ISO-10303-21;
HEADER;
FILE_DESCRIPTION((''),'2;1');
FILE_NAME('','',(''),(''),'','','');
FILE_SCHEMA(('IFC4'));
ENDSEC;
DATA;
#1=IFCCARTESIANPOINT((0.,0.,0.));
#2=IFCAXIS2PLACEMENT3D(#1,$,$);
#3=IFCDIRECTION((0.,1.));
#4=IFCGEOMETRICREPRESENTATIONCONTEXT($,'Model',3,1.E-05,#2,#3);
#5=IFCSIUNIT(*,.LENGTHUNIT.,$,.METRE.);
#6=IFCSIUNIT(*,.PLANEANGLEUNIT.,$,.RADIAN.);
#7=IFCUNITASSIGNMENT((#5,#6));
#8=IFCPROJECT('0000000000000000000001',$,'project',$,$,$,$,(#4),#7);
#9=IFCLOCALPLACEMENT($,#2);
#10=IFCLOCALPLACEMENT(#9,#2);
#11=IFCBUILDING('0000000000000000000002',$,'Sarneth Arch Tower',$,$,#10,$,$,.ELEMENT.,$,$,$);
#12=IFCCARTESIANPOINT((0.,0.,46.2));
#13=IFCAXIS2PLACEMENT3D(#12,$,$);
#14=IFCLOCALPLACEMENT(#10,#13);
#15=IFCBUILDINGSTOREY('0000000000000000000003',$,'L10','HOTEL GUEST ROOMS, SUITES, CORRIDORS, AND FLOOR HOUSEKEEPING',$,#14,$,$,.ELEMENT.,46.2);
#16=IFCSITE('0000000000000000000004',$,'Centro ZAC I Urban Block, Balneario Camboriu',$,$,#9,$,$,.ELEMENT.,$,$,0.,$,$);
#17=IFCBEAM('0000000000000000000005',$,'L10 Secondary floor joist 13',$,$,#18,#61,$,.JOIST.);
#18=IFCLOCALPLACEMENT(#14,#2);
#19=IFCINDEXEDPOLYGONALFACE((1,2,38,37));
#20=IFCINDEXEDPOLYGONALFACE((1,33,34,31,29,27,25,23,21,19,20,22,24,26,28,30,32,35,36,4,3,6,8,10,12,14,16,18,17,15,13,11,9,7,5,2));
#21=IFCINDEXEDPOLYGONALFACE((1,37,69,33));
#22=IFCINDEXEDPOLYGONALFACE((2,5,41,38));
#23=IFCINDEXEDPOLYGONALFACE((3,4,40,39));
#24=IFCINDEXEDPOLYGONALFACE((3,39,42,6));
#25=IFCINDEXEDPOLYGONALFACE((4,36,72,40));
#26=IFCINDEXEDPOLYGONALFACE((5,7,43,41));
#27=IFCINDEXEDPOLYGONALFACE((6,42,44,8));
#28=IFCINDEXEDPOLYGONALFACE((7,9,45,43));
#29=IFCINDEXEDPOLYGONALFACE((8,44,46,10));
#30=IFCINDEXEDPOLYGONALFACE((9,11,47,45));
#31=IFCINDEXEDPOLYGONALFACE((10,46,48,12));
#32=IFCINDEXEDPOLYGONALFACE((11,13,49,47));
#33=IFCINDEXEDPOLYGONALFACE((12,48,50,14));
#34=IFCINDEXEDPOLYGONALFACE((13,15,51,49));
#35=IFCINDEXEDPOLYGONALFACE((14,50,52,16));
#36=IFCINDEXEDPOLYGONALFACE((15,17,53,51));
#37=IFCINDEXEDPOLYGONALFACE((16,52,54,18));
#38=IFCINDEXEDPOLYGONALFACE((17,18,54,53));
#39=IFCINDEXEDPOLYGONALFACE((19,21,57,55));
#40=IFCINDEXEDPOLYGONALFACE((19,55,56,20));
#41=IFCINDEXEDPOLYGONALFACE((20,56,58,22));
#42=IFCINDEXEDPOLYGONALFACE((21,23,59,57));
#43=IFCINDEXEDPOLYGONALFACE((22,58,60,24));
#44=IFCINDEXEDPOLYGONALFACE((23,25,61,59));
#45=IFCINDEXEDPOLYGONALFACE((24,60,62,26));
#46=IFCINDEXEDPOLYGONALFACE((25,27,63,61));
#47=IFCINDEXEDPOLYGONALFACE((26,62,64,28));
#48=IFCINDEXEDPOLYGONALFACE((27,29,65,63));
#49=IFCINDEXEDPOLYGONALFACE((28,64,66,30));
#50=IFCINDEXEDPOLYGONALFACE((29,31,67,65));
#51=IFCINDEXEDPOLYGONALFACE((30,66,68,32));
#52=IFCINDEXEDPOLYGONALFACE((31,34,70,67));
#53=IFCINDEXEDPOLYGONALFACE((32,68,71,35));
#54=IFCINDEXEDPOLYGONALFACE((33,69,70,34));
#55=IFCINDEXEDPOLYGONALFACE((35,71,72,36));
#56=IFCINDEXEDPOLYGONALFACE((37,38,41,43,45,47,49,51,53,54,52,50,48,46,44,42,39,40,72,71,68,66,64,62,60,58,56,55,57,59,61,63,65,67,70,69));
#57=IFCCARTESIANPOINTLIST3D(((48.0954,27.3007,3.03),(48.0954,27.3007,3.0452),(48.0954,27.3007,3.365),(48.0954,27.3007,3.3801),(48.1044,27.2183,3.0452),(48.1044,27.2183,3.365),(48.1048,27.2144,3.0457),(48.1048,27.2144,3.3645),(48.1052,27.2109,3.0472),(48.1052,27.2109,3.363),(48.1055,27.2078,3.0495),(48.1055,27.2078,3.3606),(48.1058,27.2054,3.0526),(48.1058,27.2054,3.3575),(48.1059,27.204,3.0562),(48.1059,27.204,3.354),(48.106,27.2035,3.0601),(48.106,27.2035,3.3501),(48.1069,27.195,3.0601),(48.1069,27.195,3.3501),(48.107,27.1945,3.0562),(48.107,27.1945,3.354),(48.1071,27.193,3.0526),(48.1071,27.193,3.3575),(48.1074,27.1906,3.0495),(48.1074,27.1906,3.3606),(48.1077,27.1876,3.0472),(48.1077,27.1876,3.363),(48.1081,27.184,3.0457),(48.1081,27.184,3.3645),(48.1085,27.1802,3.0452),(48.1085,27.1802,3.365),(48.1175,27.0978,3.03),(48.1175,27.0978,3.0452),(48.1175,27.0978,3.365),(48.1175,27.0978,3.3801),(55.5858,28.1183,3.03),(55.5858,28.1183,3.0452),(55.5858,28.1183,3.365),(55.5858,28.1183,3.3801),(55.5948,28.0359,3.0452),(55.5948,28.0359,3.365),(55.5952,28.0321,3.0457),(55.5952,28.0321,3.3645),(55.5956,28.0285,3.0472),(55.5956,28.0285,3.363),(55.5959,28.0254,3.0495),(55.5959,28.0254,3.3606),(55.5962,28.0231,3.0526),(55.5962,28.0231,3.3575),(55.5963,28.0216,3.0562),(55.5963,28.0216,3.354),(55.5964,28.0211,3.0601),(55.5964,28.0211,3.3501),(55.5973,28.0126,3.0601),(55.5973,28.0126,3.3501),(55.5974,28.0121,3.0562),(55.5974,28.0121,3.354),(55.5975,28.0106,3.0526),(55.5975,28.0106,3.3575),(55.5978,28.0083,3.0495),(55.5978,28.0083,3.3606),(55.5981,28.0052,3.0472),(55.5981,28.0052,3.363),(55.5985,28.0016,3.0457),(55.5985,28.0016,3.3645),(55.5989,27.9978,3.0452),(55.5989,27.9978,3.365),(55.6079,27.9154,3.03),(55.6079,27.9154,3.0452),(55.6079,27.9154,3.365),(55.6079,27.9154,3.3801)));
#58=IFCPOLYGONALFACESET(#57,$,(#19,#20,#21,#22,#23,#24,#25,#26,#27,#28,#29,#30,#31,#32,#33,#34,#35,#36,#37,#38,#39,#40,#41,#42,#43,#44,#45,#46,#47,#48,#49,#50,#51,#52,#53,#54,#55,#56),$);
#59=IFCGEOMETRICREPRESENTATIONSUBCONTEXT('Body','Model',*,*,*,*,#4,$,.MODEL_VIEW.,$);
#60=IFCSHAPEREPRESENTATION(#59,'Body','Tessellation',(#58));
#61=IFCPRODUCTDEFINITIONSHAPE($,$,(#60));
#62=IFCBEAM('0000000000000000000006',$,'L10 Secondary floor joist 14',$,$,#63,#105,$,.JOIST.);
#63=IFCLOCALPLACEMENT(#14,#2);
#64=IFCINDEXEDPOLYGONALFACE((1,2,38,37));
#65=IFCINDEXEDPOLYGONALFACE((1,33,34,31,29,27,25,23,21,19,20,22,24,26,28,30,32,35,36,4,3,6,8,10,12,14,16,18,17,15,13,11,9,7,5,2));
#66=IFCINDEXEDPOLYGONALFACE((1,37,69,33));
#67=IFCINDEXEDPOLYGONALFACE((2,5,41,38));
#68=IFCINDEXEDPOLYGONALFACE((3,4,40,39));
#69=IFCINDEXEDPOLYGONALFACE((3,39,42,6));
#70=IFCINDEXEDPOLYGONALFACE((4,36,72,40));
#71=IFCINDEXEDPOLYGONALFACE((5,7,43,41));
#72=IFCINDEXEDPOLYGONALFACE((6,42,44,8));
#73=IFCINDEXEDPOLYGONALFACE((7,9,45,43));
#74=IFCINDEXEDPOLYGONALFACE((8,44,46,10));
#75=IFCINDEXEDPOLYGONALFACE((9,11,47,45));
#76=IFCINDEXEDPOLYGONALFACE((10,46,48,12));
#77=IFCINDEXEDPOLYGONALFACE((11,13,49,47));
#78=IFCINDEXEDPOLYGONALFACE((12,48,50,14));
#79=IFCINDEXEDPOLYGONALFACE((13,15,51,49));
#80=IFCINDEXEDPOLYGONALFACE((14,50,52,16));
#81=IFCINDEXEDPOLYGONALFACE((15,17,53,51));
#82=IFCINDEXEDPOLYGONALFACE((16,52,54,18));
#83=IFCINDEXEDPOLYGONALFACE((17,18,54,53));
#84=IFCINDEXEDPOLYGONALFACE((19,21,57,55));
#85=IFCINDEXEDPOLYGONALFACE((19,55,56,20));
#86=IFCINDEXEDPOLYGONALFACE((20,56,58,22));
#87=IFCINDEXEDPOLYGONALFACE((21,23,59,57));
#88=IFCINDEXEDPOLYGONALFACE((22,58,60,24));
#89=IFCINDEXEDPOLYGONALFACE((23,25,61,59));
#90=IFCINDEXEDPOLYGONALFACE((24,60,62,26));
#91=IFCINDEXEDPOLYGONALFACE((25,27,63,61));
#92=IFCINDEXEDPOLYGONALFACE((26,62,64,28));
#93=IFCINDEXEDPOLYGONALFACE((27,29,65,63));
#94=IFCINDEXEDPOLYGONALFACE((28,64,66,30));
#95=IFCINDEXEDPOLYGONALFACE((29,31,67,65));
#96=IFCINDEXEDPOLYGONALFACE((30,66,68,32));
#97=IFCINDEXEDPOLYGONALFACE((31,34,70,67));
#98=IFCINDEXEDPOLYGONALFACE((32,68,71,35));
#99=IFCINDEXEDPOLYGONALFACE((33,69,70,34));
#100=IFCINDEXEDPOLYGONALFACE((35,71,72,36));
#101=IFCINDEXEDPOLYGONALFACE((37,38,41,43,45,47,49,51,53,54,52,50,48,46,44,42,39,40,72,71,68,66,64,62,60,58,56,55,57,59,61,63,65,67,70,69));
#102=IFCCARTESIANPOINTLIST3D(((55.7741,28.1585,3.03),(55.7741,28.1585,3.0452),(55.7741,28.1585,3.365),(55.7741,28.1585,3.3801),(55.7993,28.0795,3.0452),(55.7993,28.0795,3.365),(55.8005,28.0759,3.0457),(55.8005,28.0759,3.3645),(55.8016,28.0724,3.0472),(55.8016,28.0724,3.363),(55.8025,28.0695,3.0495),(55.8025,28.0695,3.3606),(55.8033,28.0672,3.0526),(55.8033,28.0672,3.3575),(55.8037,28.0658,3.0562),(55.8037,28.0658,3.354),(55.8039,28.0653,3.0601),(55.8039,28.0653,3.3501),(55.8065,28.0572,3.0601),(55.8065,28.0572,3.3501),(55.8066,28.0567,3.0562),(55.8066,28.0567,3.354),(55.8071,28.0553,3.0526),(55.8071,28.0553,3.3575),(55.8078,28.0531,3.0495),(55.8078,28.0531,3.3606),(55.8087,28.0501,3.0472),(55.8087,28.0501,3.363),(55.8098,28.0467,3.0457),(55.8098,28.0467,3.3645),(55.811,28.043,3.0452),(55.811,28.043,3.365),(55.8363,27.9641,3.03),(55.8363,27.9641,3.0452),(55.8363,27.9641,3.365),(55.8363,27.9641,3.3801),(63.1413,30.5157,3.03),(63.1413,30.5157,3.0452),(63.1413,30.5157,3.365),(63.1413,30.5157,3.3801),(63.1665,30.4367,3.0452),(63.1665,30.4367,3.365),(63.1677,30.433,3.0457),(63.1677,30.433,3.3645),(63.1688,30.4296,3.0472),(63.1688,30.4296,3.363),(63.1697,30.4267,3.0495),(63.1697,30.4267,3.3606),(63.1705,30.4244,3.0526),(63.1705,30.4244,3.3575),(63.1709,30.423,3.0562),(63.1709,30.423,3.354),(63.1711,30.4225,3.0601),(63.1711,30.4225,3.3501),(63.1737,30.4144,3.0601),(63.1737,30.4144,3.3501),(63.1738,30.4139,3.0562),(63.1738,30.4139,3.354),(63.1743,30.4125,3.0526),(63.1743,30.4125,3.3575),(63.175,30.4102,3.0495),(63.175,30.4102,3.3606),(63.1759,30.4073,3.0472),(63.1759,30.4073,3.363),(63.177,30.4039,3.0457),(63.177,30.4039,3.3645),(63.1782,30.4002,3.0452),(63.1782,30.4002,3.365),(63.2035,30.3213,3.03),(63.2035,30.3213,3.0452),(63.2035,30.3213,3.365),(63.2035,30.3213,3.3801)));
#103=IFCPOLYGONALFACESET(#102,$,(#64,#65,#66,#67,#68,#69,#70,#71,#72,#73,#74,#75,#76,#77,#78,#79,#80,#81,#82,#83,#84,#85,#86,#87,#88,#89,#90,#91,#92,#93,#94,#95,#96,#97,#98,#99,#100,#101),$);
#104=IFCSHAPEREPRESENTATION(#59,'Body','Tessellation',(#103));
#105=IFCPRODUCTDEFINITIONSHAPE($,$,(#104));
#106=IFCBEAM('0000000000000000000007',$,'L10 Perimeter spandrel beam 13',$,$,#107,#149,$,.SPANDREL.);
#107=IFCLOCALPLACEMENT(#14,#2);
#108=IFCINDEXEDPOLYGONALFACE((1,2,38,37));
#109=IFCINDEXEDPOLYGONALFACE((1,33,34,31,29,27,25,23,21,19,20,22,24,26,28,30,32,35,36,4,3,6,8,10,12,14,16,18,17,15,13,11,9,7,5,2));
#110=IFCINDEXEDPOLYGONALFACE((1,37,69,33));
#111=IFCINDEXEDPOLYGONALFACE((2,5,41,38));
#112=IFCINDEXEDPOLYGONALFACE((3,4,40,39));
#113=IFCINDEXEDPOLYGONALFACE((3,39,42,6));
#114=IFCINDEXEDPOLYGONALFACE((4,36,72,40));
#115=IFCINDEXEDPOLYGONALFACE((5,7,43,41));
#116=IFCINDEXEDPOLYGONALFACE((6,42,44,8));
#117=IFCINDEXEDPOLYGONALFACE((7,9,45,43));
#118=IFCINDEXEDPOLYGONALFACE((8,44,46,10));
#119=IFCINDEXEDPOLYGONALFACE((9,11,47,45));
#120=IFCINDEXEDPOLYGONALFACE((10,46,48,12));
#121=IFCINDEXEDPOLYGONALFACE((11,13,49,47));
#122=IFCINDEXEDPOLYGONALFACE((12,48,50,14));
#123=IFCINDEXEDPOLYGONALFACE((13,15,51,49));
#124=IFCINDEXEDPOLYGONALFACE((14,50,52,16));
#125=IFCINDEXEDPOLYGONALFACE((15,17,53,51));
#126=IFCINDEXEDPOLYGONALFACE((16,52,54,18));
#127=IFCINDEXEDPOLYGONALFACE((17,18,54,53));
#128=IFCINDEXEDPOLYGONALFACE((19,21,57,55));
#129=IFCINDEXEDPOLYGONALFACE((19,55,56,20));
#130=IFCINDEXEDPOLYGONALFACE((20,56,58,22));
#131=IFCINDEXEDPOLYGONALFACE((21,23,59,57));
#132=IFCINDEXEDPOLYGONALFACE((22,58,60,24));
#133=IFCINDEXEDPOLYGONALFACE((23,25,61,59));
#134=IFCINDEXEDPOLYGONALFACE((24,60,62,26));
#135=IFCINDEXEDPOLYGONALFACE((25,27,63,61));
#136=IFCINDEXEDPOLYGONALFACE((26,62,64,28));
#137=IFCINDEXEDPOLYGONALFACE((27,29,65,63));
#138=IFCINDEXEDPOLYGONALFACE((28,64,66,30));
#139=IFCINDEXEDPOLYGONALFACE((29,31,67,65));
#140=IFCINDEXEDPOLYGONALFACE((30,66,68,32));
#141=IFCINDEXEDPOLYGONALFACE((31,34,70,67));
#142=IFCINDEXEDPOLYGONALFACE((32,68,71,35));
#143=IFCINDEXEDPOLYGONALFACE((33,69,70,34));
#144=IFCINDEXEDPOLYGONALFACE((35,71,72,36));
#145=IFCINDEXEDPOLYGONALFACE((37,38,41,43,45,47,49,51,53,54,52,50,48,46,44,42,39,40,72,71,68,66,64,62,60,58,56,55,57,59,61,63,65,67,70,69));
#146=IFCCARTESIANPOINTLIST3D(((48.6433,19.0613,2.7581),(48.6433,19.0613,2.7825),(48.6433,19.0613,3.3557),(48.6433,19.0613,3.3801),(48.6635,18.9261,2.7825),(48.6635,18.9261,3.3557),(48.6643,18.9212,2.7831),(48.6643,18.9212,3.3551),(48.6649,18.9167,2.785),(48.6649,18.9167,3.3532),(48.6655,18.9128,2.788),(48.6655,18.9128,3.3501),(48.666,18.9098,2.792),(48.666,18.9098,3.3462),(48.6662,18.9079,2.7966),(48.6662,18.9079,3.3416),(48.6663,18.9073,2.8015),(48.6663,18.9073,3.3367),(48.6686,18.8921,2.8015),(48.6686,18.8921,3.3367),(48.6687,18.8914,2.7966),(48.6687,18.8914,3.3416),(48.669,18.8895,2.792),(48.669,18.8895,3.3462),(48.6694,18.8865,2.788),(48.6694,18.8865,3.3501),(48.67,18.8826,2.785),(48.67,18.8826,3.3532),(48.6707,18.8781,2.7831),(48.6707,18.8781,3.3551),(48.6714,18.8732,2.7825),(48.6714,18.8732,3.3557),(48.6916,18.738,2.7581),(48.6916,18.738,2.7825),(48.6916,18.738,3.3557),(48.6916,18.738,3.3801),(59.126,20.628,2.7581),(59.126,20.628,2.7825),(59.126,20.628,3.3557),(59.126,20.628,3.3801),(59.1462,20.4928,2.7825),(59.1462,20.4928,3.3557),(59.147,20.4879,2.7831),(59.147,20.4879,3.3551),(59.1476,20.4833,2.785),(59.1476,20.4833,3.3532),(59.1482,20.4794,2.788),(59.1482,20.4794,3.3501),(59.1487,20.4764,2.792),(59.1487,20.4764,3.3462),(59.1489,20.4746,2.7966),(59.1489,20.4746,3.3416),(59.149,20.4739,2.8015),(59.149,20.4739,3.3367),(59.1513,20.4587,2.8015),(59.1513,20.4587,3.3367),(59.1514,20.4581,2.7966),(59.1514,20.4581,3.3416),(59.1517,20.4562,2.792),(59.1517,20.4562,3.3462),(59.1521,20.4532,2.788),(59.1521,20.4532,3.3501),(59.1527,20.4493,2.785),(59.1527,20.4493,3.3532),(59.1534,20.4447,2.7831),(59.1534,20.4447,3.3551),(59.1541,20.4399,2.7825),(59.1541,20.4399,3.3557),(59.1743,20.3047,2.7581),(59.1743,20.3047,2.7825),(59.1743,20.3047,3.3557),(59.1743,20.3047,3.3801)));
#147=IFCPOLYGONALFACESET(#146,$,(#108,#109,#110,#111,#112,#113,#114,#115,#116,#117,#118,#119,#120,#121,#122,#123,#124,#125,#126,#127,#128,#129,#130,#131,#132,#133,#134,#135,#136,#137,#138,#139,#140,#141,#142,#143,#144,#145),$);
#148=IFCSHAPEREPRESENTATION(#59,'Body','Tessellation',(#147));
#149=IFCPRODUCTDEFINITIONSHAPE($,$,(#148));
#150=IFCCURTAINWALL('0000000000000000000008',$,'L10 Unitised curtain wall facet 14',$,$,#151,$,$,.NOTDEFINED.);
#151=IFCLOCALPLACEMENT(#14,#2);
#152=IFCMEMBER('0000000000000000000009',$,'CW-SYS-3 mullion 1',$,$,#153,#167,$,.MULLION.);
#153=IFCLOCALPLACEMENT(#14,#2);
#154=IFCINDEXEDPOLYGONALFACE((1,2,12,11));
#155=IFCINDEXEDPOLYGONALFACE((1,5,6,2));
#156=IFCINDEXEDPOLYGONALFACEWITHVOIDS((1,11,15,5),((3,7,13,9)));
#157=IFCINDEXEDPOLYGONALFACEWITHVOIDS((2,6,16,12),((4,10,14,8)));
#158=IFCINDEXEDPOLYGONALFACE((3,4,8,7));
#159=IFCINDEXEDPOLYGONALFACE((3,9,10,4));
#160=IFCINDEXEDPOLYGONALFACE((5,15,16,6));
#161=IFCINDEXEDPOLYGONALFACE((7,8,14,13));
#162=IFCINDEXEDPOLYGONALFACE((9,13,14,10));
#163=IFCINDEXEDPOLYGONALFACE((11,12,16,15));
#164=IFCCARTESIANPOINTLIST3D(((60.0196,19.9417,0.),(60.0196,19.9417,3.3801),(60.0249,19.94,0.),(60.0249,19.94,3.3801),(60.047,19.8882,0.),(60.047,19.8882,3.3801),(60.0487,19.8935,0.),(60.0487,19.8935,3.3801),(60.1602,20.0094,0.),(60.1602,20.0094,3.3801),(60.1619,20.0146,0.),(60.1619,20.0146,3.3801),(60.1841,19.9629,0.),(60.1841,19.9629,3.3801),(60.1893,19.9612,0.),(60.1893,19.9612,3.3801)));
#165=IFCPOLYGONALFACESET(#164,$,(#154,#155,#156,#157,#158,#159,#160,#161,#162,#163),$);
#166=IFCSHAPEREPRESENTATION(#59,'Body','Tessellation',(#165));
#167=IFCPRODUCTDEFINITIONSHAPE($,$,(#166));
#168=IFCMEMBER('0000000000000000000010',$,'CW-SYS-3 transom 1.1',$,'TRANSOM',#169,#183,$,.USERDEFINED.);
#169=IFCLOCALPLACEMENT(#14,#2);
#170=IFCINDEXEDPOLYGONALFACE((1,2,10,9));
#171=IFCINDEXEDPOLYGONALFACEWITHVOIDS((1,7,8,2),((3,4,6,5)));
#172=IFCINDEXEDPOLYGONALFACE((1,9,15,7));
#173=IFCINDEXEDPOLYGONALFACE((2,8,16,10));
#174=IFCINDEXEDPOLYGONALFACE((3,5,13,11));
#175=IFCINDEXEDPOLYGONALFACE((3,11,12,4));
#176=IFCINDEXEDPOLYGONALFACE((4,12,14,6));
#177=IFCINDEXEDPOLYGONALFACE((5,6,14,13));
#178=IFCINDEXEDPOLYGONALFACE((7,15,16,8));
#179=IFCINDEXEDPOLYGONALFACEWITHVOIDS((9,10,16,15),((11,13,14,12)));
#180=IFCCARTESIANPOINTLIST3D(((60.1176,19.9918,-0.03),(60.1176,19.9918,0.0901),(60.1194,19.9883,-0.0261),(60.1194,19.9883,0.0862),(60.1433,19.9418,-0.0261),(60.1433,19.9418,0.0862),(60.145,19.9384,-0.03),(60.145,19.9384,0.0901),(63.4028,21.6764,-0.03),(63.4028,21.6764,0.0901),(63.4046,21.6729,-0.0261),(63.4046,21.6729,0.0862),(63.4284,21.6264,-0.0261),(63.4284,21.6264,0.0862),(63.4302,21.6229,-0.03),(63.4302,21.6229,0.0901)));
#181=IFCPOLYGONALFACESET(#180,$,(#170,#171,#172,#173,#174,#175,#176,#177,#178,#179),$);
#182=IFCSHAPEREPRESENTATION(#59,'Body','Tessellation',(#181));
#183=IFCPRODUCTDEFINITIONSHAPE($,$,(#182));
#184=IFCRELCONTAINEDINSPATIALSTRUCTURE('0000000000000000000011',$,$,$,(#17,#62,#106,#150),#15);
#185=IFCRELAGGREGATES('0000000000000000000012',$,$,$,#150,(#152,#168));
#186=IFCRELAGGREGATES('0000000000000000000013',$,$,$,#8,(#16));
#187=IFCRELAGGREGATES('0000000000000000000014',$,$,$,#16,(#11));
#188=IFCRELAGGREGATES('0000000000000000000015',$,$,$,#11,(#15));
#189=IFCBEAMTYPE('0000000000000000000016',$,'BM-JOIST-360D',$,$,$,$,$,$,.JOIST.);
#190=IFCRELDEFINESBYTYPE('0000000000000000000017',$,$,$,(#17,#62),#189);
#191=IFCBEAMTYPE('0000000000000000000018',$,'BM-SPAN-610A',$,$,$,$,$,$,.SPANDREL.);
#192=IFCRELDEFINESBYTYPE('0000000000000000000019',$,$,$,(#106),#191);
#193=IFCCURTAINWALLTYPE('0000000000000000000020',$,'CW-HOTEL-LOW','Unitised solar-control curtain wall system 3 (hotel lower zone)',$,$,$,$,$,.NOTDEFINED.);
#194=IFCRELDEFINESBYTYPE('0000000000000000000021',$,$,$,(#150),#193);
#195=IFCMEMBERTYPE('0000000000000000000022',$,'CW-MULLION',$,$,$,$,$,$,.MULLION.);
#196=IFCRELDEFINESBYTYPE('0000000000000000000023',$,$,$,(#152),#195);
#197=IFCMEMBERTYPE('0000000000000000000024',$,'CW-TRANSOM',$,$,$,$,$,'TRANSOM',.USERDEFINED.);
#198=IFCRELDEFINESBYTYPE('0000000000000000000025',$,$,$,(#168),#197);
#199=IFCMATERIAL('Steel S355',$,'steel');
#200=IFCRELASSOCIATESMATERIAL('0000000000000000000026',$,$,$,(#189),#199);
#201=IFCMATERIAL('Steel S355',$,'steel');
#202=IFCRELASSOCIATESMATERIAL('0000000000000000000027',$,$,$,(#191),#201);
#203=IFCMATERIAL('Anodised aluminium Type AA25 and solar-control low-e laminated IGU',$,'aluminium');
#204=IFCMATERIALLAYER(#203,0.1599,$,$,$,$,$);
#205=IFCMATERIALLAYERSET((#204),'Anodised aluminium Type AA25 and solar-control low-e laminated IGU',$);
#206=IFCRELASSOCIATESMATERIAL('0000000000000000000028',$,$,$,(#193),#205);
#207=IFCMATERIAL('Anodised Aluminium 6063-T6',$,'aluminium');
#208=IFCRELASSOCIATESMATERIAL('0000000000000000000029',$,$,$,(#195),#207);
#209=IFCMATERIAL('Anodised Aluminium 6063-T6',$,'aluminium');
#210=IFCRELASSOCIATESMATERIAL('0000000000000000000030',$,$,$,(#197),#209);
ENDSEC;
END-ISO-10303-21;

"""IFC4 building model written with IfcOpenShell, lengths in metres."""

from ifc_helpers import new_model, si_unit, direction, frame, origin, origin_2d, place, context, subcontext, project, spatial, hollow_rectangle, i_section, extrude, material, layer, layer_set, material_profile, profile_set, type_object, element, aggregate, save


model = new_model("IFC4")

# Units and contexts
model_context = context("Model", 3, precision=1e-05, world=origin(), true_north=direction((0.0, 1.0)))
body_context = subcontext(model_context, "Body", "Model", "MODEL_VIEW")
ifc_project = project(units=[si_unit("LENGTHUNIT", "METRE"), si_unit("PLANEANGLEUNIT", "RADIAN")], contexts=[model_context])

# Site, building, storey
site_placement = place(None, origin())
site = spatial("IfcSite", under=ifc_project, at=site_placement, Name="Centro ZAC I Urban Block, Balneario Camboriu", CompositionType="ELEMENT", RefElevation=0.0)
building_placement = place(site_placement, origin())
building = spatial("IfcBuilding", under=site, at=building_placement, Name="Sarneth Arch Tower", CompositionType="ELEMENT")
storey_placement = place(building_placement, frame((0.0, 0.0, 46.2)))
storey = spatial("IfcBuildingStorey", under=building, at=storey_placement, Name="L10", Description="HOTEL GUEST ROOMS, SUITES, CORRIDORS, AND FLOOR HOUSEKEEPING", CompositionType="ELEMENT", Elevation=46.2)

# Beams
ifc_material_1 = material(Name="Steel S355", Category="steel")
ifc_material_profile_1 = material_profile(ifc_material_1, i_section(OverallWidth=0.2041, OverallDepth=0.3501, WebThickness=0.0085, FlangeThickness=0.0151, FilletRadius=0.0149, at=origin_2d()), Name="W360x72")
ifc_profile_set_1 = profile_set([ifc_material_profile_1], Name="Steel S355")
beam_type_1 = type_object("IfcBeamType", Name="BM-JOIST-360D", PredefinedType="JOIST", material=ifc_profile_set_1)
beam_1_placement = place(storey_placement, frame((48.1064, 27.1992, 3.2051), z_axis=(0.994095, 0.108511, 0.0), x_axis=(-0.108511, 0.994095, 0.0)))
element("IfcBeam", 1, at=beam_1_placement, inside=storey, type_object=beam_type_1, Name="L10 Secondary floor joist 13", PredefinedType="JOIST", context=body_context, shape_type="SweptSolid", body=[
    extrude(i_section(OverallWidth=0.2041, OverallDepth=0.3501, WebThickness=0.0085, FlangeThickness=0.0151, FilletRadius=0.0149, at=origin_2d()), origin(), (0.0, 0.0, 1.0), 7.5349),
])
beam_2_placement = place(storey_placement, frame((55.8052, 28.0613, 3.2051), z_axis=(0.952436, 0.304738, 0.0), x_axis=(-0.304738, 0.952436, 0.0)))
element("IfcBeam", 2, at=beam_2_placement, inside=storey, type_object=beam_type_1, Name="L10 Secondary floor joist 14", PredefinedType="JOIST", context=body_context, shape_type="SweptSolid", body=[
    extrude(i_section(OverallWidth=0.2041, OverallDepth=0.3501, WebThickness=0.0085, FlangeThickness=0.0151, FilletRadius=0.0149, at=origin_2d()), origin(), (0.0, 0.0, 1.0), 7.7351),
])
ifc_material_2 = material(Name="Steel S355", Category="steel")
ifc_material_profile_2 = material_profile(ifc_material_2, i_section(OverallWidth=0.3269, OverallDepth=0.6221, WebThickness=0.0154, FlangeThickness=0.0244, FilletRadius=0.019, at=origin_2d()), Name="W610x195")
ifc_profile_set_2 = profile_set([ifc_material_profile_2], Name="Steel S355")
beam_type_2 = type_object("IfcBeamType", Name="BM-SPAN-610A", PredefinedType="SPANDREL", material=ifc_profile_set_2)
beam_3_placement = place(storey_placement, frame((48.6675, 18.8997, 3.0691), z_axis=(0.989016, 0.14781, 0.0), x_axis=(-0.14781, 0.989016, 0.0)))
element("IfcBeam", 3, at=beam_3_placement, inside=storey, type_object=beam_type_2, Name="L10 Perimeter spandrel beam 13", PredefinedType="SPANDREL", context=body_context, shape_type="SweptSolid", body=[
    extrude(i_section(OverallWidth=0.3269, OverallDepth=0.6221, WebThickness=0.0154, FlangeThickness=0.0244, FilletRadius=0.019, at=origin_2d()), origin(), (0.0, 0.0, 1.0), 10.5991),
])

# Curtain wall, members
ifc_material_3 = material(Name="Anodised aluminium Type AA25 and solar-control low-e laminated IGU", Category="aluminium")
ifc_layer_1 = layer(ifc_material_3, 0.1599)
ifc_layer_set_1 = layer_set([ifc_layer_1], Name="Anodised aluminium Type AA25 and solar-control low-e laminated IGU")
curtain_wall_type = type_object("IfcCurtainWallType", Name="CW-HOTEL-LOW", Description="Unitised solar-control curtain wall system 3 (hotel lower zone)", PredefinedType="NOTDEFINED", material=ifc_layer_set_1)
curtain_wall_placement = place(storey_placement, origin())
curtain_wall = element("IfcCurtainWall", 4, at=curtain_wall_placement, inside=storey, type_object=curtain_wall_type, Name="L10 Unitised curtain wall facet 14", PredefinedType="NOTDEFINED")
ifc_material_4 = material(Name="Anodised Aluminium 6063-T6", Category="aluminium")
ifc_material_profile_3 = material_profile(ifc_material_4, hollow_rectangle(XDim=0.0601, YDim=0.1599, WallThickness=0.0039, at=origin_2d()), Name="AL-MULL-160x60x4")
ifc_profile_set_3 = profile_set([ifc_material_profile_3], Name="Anodised Aluminium 6063-T6")
member_type_1 = type_object("IfcMemberType", Name="CW-MULLION", PredefinedType="MULLION", material=ifc_profile_set_3)
member_1_placement = place(storey_placement, frame((60.1045, 19.9514, 0.0), z_axis=(0.0, 0.0, 1.0), x_axis=(-0.456245, 0.889854, 0.0)))
member_1 = element("IfcMember", 5, at=member_1_placement, type_object=member_type_1, Name="CW-SYS-3 mullion 1", PredefinedType="MULLION", context=body_context, shape_type="SweptSolid", body=[
    extrude(hollow_rectangle(XDim=0.0601, YDim=0.1599, WallThickness=0.0039, at=origin_2d()), origin(), (0.0, 0.0, 1.0), 3.3801),
])
ifc_material_5 = material(Name="Anodised Aluminium 6063-T6", Category="aluminium")
ifc_material_profile_4 = material_profile(ifc_material_5, hollow_rectangle(XDim=0.0601, YDim=0.1201, WallThickness=0.0039, at=origin_2d()), Name="AL-TRAN-120x60x4")
ifc_profile_set_4 = profile_set([ifc_material_profile_4], Name="Anodised Aluminium 6063-T6")
member_type_2 = type_object("IfcMemberType", Name="CW-TRANSOM", ElementType="TRANSOM", PredefinedType="USERDEFINED", material=ifc_profile_set_4)
member_2_placement = place(storey_placement, frame((60.1313, 19.9651, 0.03), z_axis=(0.889831, 0.45629, 0.0), x_axis=(-0.45629, 0.889831, 0.0)))
member_2 = element("IfcMember", 6, at=member_2_placement, type_object=member_type_2, Name="CW-SYS-3 transom 1.1", ObjectType="TRANSOM", PredefinedType="USERDEFINED", context=body_context, shape_type="SweptSolid", body=[
    extrude(hollow_rectangle(XDim=0.0601, YDim=0.1201, WallThickness=0.0039, at=origin_2d()), origin(), (0.0, 0.0, 1.0), 3.6919),
])
aggregate(curtain_wall, [member_1, member_2])

save(model, "model.ifc")
